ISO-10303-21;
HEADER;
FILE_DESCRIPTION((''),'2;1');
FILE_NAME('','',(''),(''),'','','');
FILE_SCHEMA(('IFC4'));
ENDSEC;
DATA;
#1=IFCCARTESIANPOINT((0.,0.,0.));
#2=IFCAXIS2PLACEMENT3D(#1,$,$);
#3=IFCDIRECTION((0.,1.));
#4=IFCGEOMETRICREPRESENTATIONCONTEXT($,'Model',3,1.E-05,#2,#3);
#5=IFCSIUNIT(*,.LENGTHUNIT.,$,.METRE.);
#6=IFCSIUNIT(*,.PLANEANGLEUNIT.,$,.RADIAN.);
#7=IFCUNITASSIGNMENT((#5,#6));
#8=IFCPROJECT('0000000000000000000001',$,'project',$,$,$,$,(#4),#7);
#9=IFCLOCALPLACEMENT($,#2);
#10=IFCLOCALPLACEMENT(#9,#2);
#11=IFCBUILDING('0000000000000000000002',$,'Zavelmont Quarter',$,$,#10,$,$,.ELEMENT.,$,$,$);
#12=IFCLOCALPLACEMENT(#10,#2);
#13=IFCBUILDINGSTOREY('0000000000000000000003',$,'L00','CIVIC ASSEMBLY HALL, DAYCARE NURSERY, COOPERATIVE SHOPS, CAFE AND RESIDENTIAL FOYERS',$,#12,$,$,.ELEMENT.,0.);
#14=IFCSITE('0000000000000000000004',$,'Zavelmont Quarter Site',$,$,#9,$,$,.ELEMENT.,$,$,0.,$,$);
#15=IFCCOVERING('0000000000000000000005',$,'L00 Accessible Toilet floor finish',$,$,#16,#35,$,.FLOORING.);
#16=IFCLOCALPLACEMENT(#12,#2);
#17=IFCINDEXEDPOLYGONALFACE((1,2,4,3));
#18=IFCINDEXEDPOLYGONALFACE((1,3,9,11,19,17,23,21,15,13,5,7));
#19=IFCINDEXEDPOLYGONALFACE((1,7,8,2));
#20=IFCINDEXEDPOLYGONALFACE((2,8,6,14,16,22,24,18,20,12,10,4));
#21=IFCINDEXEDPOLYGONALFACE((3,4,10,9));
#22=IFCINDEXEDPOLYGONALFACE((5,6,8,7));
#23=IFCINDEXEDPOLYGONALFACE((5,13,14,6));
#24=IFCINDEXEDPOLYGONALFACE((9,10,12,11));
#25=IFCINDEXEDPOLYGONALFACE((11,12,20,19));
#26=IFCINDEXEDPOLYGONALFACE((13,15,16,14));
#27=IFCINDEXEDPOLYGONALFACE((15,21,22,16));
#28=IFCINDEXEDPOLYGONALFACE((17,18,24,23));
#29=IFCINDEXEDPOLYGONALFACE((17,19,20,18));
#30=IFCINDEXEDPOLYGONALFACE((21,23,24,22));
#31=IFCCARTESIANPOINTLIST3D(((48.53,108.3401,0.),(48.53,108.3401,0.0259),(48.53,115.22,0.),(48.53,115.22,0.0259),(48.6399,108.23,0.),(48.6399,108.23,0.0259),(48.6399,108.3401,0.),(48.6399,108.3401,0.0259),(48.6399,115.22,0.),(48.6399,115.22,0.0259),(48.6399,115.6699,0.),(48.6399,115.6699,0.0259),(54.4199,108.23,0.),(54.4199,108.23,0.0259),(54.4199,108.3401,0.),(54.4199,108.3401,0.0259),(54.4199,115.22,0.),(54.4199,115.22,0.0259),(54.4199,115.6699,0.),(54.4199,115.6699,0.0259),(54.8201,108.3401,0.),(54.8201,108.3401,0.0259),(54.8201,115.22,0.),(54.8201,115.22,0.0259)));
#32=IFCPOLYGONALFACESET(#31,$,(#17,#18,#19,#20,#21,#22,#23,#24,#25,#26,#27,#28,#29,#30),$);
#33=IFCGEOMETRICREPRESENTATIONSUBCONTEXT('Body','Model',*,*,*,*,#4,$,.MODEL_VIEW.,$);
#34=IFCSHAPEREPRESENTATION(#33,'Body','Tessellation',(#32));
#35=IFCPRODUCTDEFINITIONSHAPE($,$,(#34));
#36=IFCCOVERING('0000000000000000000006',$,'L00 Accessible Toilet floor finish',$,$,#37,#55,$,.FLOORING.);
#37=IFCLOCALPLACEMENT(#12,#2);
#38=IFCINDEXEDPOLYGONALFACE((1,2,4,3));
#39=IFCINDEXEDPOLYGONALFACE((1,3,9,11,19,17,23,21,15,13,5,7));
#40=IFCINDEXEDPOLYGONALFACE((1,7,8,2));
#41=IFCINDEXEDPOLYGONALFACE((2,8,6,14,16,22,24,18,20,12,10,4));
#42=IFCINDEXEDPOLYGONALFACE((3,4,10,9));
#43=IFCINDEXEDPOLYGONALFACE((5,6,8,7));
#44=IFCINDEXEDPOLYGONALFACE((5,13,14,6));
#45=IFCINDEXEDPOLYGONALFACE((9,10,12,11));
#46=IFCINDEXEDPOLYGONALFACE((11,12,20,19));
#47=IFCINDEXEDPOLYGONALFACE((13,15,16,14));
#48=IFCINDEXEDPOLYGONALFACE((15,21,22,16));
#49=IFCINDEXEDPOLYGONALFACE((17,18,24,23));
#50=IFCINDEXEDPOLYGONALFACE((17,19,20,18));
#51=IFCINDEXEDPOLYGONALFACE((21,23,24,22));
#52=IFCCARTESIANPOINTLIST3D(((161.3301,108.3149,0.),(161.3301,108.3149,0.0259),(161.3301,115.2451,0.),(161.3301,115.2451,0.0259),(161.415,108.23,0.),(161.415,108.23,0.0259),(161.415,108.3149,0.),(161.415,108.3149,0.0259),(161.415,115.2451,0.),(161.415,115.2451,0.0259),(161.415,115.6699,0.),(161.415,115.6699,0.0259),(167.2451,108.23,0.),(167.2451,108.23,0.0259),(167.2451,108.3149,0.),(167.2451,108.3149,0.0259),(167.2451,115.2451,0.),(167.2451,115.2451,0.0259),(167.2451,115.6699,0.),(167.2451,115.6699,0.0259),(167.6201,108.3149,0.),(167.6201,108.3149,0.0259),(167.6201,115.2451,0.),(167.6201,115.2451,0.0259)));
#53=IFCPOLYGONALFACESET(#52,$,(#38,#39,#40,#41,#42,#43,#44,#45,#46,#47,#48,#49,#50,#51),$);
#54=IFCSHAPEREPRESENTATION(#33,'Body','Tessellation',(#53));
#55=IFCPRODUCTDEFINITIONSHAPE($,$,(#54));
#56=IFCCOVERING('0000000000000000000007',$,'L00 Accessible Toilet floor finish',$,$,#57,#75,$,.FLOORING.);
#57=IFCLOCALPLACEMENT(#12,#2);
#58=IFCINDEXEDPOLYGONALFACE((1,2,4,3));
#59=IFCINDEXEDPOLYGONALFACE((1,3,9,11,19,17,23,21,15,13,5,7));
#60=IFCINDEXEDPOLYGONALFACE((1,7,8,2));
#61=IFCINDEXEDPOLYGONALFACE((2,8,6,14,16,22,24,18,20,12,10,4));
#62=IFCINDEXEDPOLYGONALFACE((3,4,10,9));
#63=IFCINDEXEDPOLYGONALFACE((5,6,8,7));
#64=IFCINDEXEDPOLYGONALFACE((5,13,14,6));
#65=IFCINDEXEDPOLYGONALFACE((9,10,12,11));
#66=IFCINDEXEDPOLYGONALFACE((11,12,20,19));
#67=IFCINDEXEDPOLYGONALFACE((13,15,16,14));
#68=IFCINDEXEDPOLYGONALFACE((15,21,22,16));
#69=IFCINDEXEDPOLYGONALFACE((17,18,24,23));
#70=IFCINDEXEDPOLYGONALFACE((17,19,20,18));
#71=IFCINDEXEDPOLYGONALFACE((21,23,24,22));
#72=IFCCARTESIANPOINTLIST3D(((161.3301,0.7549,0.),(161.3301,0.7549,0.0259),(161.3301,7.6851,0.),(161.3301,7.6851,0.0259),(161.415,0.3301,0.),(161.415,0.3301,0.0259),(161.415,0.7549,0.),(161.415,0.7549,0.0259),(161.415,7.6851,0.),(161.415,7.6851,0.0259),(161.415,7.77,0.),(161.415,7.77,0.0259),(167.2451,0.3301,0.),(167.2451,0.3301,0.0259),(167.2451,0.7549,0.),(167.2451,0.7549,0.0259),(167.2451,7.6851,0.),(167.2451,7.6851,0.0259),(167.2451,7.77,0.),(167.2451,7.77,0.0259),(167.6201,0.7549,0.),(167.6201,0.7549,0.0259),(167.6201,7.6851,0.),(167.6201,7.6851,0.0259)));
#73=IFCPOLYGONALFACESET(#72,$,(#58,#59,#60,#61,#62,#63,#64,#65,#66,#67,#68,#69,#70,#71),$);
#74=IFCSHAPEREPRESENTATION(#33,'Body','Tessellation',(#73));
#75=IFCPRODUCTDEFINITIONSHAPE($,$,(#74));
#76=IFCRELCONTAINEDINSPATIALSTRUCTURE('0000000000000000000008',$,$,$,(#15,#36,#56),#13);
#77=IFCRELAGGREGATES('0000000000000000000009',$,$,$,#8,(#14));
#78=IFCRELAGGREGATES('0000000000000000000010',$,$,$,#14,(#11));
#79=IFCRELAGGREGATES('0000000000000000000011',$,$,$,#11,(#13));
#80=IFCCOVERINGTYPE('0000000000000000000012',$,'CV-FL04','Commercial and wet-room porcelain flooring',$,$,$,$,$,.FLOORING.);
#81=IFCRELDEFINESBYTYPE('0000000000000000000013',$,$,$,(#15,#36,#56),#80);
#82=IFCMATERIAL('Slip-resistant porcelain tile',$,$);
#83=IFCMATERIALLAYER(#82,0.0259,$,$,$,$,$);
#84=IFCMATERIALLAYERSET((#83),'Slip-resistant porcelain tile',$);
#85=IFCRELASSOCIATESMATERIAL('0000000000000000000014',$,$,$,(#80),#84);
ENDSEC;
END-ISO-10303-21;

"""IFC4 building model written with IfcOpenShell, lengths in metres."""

from ifc_helpers import new_model, si_unit, direction, origin, place, context, subcontext, project, spatial, polyline, outline, extrude, material, layer, layer_set, type_object, element, save


model = new_model("IFC4")

# Units and contexts
model_context = context("Model", 3, precision=1e-05, world=origin(), true_north=direction((0.0, 1.0)))
body_context = subcontext(model_context, "Body", "Model", "MODEL_VIEW")
ifc_project = project(units=[si_unit("LENGTHUNIT", "METRE"), si_unit("PLANEANGLEUNIT", "RADIAN")], contexts=[model_context])

# Site, building, storey
site_placement = place(None, origin())
site = spatial("IfcSite", under=ifc_project, at=site_placement, Name="Zavelmont Quarter Site", CompositionType="ELEMENT", RefElevation=0.0)
building_placement = place(site_placement, origin())
building = spatial("IfcBuilding", under=site, at=building_placement, Name="Zavelmont Quarter", CompositionType="ELEMENT")
storey_placement = place(building_placement, origin())
storey = spatial("IfcBuildingStorey", under=building, at=storey_placement, Name="L00", Description="CIVIC ASSEMBLY HALL, DAYCARE NURSERY, COOPERATIVE SHOPS, CAFE AND RESIDENTIAL FOYERS", CompositionType="ELEMENT", Elevation=0.0)

# Coverings
ifc_material_1 = material(Name="Slip-resistant porcelain tile")
ifc_layer_1 = layer(ifc_material_1, 0.0259)
ifc_layer_set_1 = layer_set([ifc_layer_1], Name="Slip-resistant porcelain tile")
covering_type_1 = type_object("IfcCoveringType", Name="CV-FL04", Description="Commercial and wet-room porcelain flooring", PredefinedType="FLOORING", material=ifc_layer_set_1)
covering_1_placement = place(storey_placement, origin())
element("IfcCovering", 1, at=covering_1_placement, inside=storey, type_object=covering_type_1, Name="L00 Accessible Toilet floor finish", PredefinedType="FLOORING", context=body_context, shape_type="SweptSolid", body=[
    extrude(outline(polyline([(48.53, 115.22), (48.6399, 115.22), (48.6399, 115.6699), (54.4199, 115.6699), (54.4199, 115.22), (54.8201, 115.22), (54.8201, 108.3401), (54.4199, 108.3401), (54.4199, 108.23), (48.6399, 108.23), (48.6399, 108.3401), (48.53, 108.3401), (48.53, 115.22)])), origin(), (0.0, 0.0, 1.0), 0.0259),
])
covering_2_placement = place(storey_placement, origin())
element("IfcCovering", 2, at=covering_2_placement, inside=storey, type_object=covering_type_1, Name="L00 Accessible Toilet floor finish", PredefinedType="FLOORING", context=body_context, shape_type="SweptSolid", body=[
    extrude(outline(polyline([(161.3301, 115.2451), (161.415, 115.2451), (161.415, 115.6699), (167.2451, 115.6699), (167.2451, 115.2451), (167.6201, 115.2451), (167.6201, 108.3149), (167.2451, 108.3149), (167.2451, 108.23), (161.415, 108.23), (161.415, 108.3149), (161.3301, 108.3149), (161.3301, 115.2451)])), origin(), (0.0, 0.0, 1.0), 0.0259),
])
covering_3_placement = place(storey_placement, origin())
element("IfcCovering", 3, at=covering_3_placement, inside=storey, type_object=covering_type_1, Name="L00 Accessible Toilet floor finish", PredefinedType="FLOORING", context=body_context, shape_type="SweptSolid", body=[
    extrude(outline(polyline([(161.3301, 7.6851), (161.415, 7.6851), (161.415, 7.77), (167.2451, 7.77), (167.2451, 7.6851), (167.6201, 7.6851), (167.6201, 0.7549), (167.2451, 0.7549), (167.2451, 0.3301), (161.415, 0.3301), (161.415, 0.7549), (161.3301, 0.7549), (161.3301, 7.6851)])), origin(), (0.0, 0.0, 1.0), 0.0259),
])

save(model, "model.ifc")
